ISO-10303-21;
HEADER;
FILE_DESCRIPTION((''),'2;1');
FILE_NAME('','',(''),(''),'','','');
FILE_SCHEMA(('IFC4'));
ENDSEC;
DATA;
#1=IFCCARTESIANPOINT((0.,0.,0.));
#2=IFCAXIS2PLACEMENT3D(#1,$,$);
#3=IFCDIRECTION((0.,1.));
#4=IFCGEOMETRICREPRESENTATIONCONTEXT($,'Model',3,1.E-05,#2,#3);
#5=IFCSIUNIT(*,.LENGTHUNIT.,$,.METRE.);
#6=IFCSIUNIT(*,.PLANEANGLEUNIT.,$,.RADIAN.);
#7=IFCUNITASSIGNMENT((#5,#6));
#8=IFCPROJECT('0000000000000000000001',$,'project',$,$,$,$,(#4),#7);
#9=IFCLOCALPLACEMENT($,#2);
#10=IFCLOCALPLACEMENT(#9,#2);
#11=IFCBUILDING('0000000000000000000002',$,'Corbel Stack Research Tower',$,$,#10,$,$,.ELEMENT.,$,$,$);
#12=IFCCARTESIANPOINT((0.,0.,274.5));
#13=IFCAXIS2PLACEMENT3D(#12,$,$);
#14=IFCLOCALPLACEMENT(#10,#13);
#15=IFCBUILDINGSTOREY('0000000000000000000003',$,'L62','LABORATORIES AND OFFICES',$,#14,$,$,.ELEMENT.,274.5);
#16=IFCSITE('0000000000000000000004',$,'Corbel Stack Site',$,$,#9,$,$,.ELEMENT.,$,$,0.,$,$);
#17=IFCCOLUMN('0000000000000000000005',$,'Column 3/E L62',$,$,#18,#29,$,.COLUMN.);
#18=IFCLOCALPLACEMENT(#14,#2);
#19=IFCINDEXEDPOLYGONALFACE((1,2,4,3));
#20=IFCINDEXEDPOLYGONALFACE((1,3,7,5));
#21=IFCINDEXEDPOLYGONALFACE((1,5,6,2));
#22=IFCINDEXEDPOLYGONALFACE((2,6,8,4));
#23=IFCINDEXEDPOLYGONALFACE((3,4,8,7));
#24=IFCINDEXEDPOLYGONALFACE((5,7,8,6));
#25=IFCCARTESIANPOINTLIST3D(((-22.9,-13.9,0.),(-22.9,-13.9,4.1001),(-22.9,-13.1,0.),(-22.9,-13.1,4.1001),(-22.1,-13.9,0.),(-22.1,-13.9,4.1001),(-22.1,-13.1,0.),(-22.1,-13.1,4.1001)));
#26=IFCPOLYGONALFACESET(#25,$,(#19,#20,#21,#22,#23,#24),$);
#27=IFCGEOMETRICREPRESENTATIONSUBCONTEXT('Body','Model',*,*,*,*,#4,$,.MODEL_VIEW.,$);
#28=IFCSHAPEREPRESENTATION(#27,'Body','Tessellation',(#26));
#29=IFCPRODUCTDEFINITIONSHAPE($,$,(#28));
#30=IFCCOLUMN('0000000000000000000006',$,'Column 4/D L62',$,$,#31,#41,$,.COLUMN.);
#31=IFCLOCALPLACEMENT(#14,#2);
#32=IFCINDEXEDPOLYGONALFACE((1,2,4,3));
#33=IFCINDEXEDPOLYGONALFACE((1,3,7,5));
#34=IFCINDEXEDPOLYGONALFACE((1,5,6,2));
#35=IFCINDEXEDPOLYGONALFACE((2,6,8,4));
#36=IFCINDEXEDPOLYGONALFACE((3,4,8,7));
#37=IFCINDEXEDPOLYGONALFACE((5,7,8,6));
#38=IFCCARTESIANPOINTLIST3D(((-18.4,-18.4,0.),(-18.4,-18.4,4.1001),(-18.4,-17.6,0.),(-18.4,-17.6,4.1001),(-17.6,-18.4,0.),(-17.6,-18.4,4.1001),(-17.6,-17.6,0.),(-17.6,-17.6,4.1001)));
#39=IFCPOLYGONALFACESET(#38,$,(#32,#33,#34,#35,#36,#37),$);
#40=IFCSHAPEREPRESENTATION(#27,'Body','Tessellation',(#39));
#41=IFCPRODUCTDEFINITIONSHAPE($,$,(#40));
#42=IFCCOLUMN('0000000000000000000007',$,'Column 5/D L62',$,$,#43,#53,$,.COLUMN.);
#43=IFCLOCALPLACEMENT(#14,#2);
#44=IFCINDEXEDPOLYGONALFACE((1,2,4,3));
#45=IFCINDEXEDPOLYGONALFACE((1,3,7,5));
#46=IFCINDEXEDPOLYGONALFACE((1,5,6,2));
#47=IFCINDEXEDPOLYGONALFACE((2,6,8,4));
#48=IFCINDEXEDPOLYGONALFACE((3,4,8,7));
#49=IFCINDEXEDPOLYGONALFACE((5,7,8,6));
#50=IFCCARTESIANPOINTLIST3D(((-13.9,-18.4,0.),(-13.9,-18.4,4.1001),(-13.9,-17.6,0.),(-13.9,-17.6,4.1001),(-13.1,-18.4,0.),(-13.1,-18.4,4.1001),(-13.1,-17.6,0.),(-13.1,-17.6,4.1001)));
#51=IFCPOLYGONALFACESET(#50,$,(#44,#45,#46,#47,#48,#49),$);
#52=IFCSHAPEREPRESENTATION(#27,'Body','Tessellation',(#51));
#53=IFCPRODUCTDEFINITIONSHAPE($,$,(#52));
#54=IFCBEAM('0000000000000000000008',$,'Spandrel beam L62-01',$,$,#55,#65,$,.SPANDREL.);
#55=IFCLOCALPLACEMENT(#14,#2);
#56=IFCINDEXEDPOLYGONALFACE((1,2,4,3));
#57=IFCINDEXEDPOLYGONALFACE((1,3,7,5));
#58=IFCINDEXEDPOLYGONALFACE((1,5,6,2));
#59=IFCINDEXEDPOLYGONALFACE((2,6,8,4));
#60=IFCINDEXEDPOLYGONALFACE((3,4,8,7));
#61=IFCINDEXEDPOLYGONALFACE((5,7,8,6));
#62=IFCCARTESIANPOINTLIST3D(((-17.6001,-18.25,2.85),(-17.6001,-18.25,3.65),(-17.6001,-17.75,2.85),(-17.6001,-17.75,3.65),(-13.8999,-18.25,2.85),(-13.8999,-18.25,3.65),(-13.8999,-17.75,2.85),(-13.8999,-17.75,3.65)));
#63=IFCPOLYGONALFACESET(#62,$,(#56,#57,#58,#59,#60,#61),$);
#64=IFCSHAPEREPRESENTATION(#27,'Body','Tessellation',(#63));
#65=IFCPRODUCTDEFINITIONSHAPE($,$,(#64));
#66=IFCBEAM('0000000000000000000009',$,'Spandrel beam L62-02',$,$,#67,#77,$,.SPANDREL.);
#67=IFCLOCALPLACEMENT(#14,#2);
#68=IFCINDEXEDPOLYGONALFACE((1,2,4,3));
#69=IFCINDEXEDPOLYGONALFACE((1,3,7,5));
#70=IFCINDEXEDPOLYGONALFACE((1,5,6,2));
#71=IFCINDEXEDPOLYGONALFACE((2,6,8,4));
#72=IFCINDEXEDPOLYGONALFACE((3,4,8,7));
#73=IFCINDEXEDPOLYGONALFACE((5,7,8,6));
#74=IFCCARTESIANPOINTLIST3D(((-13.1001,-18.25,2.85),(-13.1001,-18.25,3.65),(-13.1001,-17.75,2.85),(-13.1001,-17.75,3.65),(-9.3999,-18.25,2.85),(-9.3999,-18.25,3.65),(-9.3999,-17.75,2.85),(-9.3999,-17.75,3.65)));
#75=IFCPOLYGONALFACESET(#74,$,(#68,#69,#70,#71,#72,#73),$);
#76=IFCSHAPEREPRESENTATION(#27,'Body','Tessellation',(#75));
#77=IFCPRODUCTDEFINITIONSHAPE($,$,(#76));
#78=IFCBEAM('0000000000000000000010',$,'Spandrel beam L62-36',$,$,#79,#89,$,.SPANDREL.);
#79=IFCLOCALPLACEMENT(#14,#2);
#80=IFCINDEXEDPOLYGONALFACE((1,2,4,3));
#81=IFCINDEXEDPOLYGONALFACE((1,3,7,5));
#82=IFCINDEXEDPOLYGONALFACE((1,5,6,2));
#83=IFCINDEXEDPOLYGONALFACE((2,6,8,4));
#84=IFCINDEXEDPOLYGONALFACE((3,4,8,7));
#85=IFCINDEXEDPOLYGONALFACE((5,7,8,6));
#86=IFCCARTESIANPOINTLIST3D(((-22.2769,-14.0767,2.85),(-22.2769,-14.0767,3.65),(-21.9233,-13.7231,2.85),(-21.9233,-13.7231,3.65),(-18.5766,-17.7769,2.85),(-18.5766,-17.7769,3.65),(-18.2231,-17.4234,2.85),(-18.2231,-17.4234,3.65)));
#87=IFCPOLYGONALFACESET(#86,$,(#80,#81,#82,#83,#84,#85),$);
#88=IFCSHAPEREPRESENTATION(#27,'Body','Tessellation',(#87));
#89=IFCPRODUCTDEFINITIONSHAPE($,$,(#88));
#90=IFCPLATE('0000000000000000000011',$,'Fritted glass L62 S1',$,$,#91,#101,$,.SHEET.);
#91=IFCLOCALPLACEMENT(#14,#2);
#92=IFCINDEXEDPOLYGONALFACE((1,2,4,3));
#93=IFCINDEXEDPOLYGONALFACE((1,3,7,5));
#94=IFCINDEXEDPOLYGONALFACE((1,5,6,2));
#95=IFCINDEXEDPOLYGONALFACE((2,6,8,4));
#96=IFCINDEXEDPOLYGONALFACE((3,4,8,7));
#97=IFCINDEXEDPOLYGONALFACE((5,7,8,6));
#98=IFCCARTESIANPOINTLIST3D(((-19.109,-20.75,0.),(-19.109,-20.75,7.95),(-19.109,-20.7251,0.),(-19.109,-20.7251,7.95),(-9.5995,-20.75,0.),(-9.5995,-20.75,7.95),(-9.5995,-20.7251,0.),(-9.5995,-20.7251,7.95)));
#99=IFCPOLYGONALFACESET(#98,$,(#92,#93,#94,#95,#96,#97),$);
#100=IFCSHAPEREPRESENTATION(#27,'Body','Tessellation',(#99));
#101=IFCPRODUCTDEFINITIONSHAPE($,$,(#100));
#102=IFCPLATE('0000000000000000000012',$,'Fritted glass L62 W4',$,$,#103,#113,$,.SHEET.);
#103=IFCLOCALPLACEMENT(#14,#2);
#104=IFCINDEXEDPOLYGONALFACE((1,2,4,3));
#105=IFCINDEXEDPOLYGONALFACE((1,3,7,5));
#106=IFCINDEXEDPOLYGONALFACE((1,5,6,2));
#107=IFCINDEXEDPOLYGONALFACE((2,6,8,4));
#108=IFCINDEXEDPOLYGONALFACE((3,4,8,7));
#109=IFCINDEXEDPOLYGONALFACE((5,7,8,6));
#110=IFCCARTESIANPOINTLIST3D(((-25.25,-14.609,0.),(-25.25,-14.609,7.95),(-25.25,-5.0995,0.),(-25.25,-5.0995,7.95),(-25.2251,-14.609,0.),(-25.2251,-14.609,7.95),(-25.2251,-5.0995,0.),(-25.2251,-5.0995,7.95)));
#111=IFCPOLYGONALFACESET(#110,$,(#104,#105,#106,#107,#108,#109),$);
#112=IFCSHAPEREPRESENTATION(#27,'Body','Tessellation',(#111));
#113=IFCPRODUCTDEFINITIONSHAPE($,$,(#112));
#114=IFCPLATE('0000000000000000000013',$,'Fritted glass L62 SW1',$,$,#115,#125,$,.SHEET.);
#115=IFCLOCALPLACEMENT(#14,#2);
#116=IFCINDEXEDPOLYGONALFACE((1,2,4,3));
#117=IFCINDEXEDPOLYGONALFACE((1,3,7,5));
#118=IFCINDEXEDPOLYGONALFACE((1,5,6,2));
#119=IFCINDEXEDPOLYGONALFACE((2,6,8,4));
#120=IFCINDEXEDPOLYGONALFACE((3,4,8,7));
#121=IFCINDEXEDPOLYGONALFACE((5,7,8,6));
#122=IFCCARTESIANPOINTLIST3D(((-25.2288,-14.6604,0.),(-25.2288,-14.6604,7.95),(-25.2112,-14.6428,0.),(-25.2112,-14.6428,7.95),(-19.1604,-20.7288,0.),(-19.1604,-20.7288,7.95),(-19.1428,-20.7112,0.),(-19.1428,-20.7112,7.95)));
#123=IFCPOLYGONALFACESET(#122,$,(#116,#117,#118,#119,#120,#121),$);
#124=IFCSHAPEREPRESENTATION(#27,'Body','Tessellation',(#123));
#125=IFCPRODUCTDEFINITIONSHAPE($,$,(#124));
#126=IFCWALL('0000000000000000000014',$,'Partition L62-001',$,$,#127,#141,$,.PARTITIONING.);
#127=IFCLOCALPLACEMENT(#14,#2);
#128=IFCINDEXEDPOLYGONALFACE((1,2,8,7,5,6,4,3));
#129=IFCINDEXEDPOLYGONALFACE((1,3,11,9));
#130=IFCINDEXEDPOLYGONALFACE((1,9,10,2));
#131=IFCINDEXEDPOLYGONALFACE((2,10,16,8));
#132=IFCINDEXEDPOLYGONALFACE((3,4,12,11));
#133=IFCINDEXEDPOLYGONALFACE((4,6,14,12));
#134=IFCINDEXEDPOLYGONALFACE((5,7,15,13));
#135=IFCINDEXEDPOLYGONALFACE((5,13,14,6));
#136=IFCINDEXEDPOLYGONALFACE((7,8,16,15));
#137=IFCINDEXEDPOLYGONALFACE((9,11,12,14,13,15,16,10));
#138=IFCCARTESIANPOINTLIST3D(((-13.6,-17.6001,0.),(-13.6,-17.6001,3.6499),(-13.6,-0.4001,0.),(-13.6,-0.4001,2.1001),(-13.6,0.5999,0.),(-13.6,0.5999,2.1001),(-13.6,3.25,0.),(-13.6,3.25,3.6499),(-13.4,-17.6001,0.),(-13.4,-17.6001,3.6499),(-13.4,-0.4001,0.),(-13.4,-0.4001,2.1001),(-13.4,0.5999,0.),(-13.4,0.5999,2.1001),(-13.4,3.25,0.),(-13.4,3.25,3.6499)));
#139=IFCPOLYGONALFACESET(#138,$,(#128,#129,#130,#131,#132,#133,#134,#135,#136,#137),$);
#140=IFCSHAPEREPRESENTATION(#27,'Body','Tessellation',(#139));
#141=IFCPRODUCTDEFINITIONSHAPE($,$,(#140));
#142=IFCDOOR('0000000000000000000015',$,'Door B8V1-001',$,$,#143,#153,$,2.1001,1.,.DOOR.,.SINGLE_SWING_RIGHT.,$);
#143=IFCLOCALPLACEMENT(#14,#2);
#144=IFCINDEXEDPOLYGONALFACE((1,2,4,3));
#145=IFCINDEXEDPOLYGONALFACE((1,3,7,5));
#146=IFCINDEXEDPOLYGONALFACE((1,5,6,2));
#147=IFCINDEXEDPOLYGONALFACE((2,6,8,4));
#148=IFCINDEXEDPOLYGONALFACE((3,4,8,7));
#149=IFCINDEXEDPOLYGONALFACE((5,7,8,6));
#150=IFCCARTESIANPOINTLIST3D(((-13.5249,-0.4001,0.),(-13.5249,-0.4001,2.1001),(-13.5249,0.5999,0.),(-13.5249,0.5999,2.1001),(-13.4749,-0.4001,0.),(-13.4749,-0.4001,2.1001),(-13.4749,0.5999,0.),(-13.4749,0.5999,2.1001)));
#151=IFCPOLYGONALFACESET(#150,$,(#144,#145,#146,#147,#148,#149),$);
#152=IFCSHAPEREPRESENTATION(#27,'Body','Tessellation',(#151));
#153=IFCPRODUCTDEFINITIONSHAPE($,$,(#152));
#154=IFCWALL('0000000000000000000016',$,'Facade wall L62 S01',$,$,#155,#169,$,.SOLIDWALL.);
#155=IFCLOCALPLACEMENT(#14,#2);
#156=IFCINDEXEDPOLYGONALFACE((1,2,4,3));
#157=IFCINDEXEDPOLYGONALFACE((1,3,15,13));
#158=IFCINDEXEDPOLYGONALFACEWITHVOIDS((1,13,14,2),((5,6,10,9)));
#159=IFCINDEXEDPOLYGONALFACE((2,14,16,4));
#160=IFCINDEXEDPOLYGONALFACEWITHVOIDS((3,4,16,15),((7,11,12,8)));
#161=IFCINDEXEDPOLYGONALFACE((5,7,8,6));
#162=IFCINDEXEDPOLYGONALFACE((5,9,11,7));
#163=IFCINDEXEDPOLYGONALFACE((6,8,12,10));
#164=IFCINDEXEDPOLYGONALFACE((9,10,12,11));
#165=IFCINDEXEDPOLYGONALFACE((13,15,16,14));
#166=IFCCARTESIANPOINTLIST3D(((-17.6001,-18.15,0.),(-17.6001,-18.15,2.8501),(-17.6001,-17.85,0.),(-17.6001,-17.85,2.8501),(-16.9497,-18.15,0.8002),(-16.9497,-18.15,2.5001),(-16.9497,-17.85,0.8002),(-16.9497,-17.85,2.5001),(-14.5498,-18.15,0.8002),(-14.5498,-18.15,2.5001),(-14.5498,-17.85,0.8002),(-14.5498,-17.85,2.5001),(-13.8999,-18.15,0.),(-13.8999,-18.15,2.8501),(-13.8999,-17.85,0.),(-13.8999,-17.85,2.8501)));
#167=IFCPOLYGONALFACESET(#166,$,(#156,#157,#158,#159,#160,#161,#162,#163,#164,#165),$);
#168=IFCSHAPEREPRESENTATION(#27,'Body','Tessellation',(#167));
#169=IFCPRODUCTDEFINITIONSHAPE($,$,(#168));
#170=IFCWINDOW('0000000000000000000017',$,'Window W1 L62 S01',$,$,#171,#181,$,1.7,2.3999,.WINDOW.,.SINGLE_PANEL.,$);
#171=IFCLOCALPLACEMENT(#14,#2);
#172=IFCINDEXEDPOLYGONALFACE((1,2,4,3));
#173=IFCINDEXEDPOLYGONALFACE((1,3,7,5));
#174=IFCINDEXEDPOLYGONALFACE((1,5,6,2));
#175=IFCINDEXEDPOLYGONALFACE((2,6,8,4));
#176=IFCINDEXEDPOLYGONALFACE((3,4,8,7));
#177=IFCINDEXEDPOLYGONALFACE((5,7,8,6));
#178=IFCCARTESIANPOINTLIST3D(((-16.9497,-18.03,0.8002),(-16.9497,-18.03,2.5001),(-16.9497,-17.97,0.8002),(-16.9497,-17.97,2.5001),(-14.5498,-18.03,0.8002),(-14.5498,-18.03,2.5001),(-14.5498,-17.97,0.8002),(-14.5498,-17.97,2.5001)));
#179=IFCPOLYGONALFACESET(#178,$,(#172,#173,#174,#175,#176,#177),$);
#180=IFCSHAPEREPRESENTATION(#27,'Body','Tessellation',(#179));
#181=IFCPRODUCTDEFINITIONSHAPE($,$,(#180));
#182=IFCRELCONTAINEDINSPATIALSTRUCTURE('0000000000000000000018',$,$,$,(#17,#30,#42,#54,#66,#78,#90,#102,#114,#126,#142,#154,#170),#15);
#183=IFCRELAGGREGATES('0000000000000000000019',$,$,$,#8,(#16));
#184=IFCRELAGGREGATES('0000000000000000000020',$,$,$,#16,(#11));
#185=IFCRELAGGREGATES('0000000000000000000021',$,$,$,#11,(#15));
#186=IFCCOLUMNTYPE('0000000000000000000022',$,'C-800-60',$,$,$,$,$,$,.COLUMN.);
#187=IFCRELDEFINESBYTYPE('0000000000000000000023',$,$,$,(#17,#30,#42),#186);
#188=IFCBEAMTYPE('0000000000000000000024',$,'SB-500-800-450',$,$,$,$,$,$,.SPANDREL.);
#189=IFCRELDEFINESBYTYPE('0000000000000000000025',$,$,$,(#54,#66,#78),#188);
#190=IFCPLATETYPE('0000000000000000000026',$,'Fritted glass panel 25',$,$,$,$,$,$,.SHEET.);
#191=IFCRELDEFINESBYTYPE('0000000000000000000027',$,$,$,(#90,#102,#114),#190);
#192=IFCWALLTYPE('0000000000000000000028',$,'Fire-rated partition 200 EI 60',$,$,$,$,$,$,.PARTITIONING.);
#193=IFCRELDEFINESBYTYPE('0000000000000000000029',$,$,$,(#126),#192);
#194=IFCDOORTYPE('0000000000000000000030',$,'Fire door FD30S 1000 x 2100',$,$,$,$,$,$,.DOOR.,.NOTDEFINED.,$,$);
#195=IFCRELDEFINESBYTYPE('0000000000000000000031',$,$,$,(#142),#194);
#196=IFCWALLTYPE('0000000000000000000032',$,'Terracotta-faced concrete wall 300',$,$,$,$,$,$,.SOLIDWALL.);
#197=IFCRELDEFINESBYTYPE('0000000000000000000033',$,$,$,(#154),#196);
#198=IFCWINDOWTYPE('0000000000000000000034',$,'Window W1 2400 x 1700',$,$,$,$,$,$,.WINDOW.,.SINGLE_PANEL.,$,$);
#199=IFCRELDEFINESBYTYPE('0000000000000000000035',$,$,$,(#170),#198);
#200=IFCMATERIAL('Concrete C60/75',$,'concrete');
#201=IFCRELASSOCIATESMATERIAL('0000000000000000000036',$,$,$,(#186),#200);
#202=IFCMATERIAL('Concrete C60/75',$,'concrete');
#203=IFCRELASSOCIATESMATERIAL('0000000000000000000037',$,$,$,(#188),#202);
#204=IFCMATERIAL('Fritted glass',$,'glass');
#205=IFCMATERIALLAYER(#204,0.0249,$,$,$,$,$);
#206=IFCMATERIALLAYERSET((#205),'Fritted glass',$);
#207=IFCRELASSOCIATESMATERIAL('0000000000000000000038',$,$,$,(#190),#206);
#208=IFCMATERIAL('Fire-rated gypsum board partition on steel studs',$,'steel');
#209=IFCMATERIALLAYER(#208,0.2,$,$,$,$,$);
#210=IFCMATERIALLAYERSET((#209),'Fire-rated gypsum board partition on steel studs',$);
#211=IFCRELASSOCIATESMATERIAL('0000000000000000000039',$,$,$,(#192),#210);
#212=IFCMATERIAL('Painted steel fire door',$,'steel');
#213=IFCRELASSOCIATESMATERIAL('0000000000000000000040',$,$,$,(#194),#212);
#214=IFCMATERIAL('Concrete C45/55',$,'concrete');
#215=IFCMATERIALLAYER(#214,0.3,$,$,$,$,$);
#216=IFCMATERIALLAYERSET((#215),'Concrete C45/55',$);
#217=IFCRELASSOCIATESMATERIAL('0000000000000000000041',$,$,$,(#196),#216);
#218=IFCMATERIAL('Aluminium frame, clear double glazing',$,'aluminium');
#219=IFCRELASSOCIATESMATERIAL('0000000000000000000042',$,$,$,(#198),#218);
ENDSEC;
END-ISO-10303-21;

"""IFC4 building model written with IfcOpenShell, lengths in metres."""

from ifc_helpers import new_model, si_unit, direction, frame, frame_2d, origin, origin_2d, place, context, subcontext, project, spatial, rectangle, extrude, material, layer, layer_set, material_profile, profile_set, type_object, element, fill, save


model = new_model("IFC4")

# Units and contexts
model_context = context("Model", 3, precision=1e-05, world=origin(), true_north=direction((0.0, 1.0)))
body_context = subcontext(model_context, "Body", "Model", "MODEL_VIEW")
ifc_project = project(units=[si_unit("LENGTHUNIT", "METRE"), si_unit("PLANEANGLEUNIT", "RADIAN")], contexts=[model_context])

# Site, building, storey
site_placement = place(None, origin())
site = spatial("IfcSite", under=ifc_project, at=site_placement, Name="Corbel Stack Site", CompositionType="ELEMENT", RefElevation=0.0)
building_placement = place(site_placement, origin())
building = spatial("IfcBuilding", under=site, at=building_placement, Name="Corbel Stack Research Tower", CompositionType="ELEMENT")
storey_placement = place(building_placement, frame((0.0, 0.0, 274.5)))
storey = spatial("IfcBuildingStorey", under=building, at=storey_placement, Name="L62", Description="LABORATORIES AND OFFICES", CompositionType="ELEMENT", Elevation=274.5)

# Columns
ifc_material_1 = material(Name="Concrete C60/75", Category="concrete")
ifc_material_profile_1 = material_profile(ifc_material_1, rectangle(XDim=0.8, YDim=0.8, at=origin_2d()), Name="RC 800 x 800")
ifc_profile_set_1 = profile_set([ifc_material_profile_1], Name="Concrete C60/75")
column_type = type_object("IfcColumnType", Name="C-800-60", PredefinedType="COLUMN", material=ifc_profile_set_1)
for number, where, z_axis, x_axis, name in (
    (1, (-22.5, -13.5, 0.0), (0.0, 0.0, 1.0), (1.0, 0.0, 0.0), "Column 3/E L62"),
    (2, (-18.0, -18.0, 0.0), (0.0, 0.0, 1.0), (1.0, 0.0, 0.0), "Column 4/D L62"),
    (3, (-13.5, -18.0, 0.0), (0.0, 0.0, 1.0), (1.0, 0.0, 0.0), "Column 5/D L62"),
):
    element("IfcColumn", number, at=place(storey_placement, frame(where, z_axis=z_axis, x_axis=x_axis)), inside=storey, type_object=column_type, Name=name, PredefinedType="COLUMN", context=body_context, shape_type="SweptSolid", body=[
        extrude(rectangle(XDim=0.8, YDim=0.8, at=origin_2d()), origin(), (0.0, 0.0, 1.0), 4.1001),
    ])

# Beams
ifc_material_2 = material(Name="Concrete C60/75", Category="concrete")
ifc_material_profile_2 = material_profile(ifc_material_2, rectangle(XDim=0.5, YDim=0.8, at=origin_2d()), Name="RC 500 x 800")
ifc_profile_set_2 = profile_set([ifc_material_profile_2], Name="Concrete C60/75")
beam_type = type_object("IfcBeamType", Name="SB-500-800-450", PredefinedType="SPANDREL", material=ifc_profile_set_2)
for number, where, z_axis, x_axis, name in (
    (4, (-17.6001, -18.0, 3.25), (1.0, 0.0, 0.0), (0.0, 1.0, 0.0), "Spandrel beam L62-01"),
    (5, (-13.1001, -18.0, 3.25), (1.0, 0.0, 0.0), (0.0, 1.0, 0.0), "Spandrel beam L62-02"),
):
    element("IfcBeam", number, at=place(storey_placement, frame(where, z_axis=z_axis, x_axis=x_axis)), inside=storey, type_object=beam_type, Name=name, PredefinedType="SPANDREL", context=body_context, shape_type="SweptSolid", body=[
        extrude(rectangle(XDim=0.5, YDim=0.8, at=origin_2d()), origin(), (0.0, 0.0, 1.0), 3.7002),
    ])
beam_placement = place(storey_placement, frame((-22.1001, -13.8999, 3.25), z_axis=(0.707107, -0.707107, 0.0), x_axis=(0.707107, 0.707107, 0.0)))
element("IfcBeam", 6, at=beam_placement, inside=storey, type_object=beam_type, Name="Spandrel beam L62-36", PredefinedType="SPANDREL", context=body_context, shape_type="SweptSolid", body=[
    extrude(rectangle(XDim=0.5, YDim=0.8, at=origin_2d()), origin(), (0.0, 0.0, 1.0), 5.2329),
])

# Plates
ifc_material_3 = material(Name="Fritted glass", Category="glass")
ifc_layer_1 = layer(ifc_material_3, 0.0249)
ifc_layer_set_1 = layer_set([ifc_layer_1], Name="Fritted glass")
plate_type = type_object("IfcPlateType", Name="Fritted glass panel 25", PredefinedType="SHEET", material=ifc_layer_set_1)
for number, where, z_axis, x_axis, name in (
    (7, (-14.3542, -20.7375, 0.0), (0.0, 0.0, 1.0), (1.0, 0.0, 0.0), "Fritted glass L62 S1"),
    (8, (-25.2375, -9.8542, 0.0), (0.0, 0.0, 1.0), (0.0, -1.0, 0.0), "Fritted glass L62 W4"),
):
    element("IfcPlate", number, at=place(storey_placement, frame(where, z_axis=z_axis, x_axis=x_axis)), inside=storey, type_object=plate_type, Name=name, PredefinedType="SHEET", context=body_context, shape_type="SweptSolid", body=[
        extrude(rectangle(XDim=9.5095, YDim=0.0249, at=origin_2d()), origin(), (0.0, 0.0, 1.0), 7.95),
    ])
plate_placement = place(storey_placement, frame((-22.1858, -17.6858, 0.0), z_axis=(0.0, 0.0, 1.0), x_axis=(0.707107, -0.707107, 0.0)))
element("IfcPlate", 9, at=plate_placement, inside=storey, type_object=plate_type, Name="Fritted glass L62 SW1", PredefinedType="SHEET", context=body_context, shape_type="SweptSolid", body=[
    extrude(rectangle(XDim=8.582, YDim=0.0249, at=origin_2d()), origin(), (0.0, 0.0, 1.0), 7.95),
])

# Wall, opening, door
ifc_material_4 = material(Name="Fire-rated gypsum board partition on steel studs", Category="steel")
ifc_layer_2 = layer(ifc_material_4, 0.2)
ifc_layer_set_2 = layer_set([ifc_layer_2], Name="Fire-rated gypsum board partition on steel studs")
wall_type_1 = type_object("IfcWallType", Name="Fire-rated partition 200 EI 60", PredefinedType="PARTITIONING", material=ifc_layer_set_2)
wall_1_placement = place(storey_placement, frame((-13.5, -17.6001, 0.0), z_axis=(0.0, 0.0, 1.0), x_axis=(0.0, 1.0, 0.0)))
wall_1 = element("IfcWall", 10, at=wall_1_placement, inside=storey, type_object=wall_type_1, Name="Partition L62-001", PredefinedType="PARTITIONING", context=body_context, shape_type="SweptSolid", body=[
    extrude(rectangle(XDim=20.8501, YDim=0.2, at=frame_2d((10.425, 0.0))), origin(), (0.0, 0.0, 1.0), 3.6499),
])
opening_1_placement = place(wall_1_placement, frame((17.2, 0.0, 0.0)))
opening_1 = element("IfcOpeningElement", 11, at=opening_1_placement, cuts=wall_1, PredefinedType="OPENING", context=body_context, shape_type="SweptSolid", body=[
    extrude(rectangle(XDim=1.0, YDim=2.1001, at=frame_2d((0.5, 1.05))), frame((0.0, 0.1099, 0.0), z_axis=(0.0, -1.0, 0.0), x_axis=(1.0, 0.0, 0.0)), (0.0, 0.0, 1.0), 0.22),
])
ifc_material_5 = material(Name="Painted steel fire door", Category="steel")
door_type_1 = type_object("IfcDoorType", Name="Fire door FD30S 1000 x 2100", OperationType="NOTDEFINED", PredefinedType="DOOR", material=ifc_material_5)
door_1_placement = place(opening_1_placement, origin())
door_1 = element("IfcDoor", 12, at=door_1_placement, inside=storey, type_object=door_type_1, Name="Door B8V1-001", OperationType="SINGLE_SWING_RIGHT", OverallHeight=2.1001, OverallWidth=1.0, PredefinedType="DOOR", context=body_context, shape_type="SweptSolid", body=[
    extrude(rectangle(XDim=1.0, YDim=2.1001, at=frame_2d((0.5, 1.05))), frame((0.0, 0.0249, 0.0), z_axis=(0.0, -1.0, 0.0), x_axis=(1.0, 0.0, 0.0)), (0.0, 0.0, 1.0), 0.05),
])
fill(opening_1, door_1)

# Wall, opening, window
ifc_material_6 = material(Name="Concrete C45/55", Category="concrete")
ifc_layer_3 = layer(ifc_material_6, 0.3)
ifc_layer_set_3 = layer_set([ifc_layer_3], Name="Concrete C45/55")
wall_type_2 = type_object("IfcWallType", Name="Terracotta-faced concrete wall 300", PredefinedType="SOLIDWALL", material=ifc_layer_set_3)
wall_2_placement = place(storey_placement, frame((-13.8999, -18.0, 0.0), z_axis=(0.0, 0.0, 1.0), x_axis=(-1.0, 0.0, 0.0)))
wall_2 = element("IfcWall", 13, at=wall_2_placement, inside=storey, type_object=wall_type_2, Name="Facade wall L62 S01", PredefinedType="SOLIDWALL", context=body_context, shape_type="SweptSolid", body=[
    extrude(rectangle(XDim=3.7002, YDim=0.3, at=frame_2d((1.8501, 0.0))), origin(), (0.0, 0.0, 1.0), 2.8501),
])
opening_2_placement = place(wall_2_placement, frame((0.6499, 0.0, 0.8)))
opening_2 = element("IfcOpeningElement", 14, at=opening_2_placement, cuts=wall_2, PredefinedType="OPENING", context=body_context, shape_type="SweptSolid", body=[
    extrude(rectangle(XDim=2.3999, YDim=1.7, at=frame_2d((1.2, 0.8501))), frame((0.0, 0.1599, 0.0), z_axis=(0.0, -1.0, 0.0), x_axis=(1.0, 0.0, 0.0)), (0.0, 0.0, 1.0), 0.3201),
])
ifc_material_7 = material(Name="Aluminium frame, clear double glazing", Category="aluminium")
window_type = type_object("IfcWindowType", Name="Window W1 2400 x 1700", PartitioningType="SINGLE_PANEL", PredefinedType="WINDOW", material=ifc_material_7)
window_1_placement = place(opening_2_placement, origin())
window_1 = element("IfcWindow", 15, at=window_1_placement, inside=storey, type_object=window_type, Name="Window W1 L62 S01", OverallHeight=1.7, OverallWidth=2.3999, PartitioningType="SINGLE_PANEL", PredefinedType="WINDOW", context=body_context, shape_type="SweptSolid", body=[
    extrude(rectangle(XDim=2.3999, YDim=1.7, at=frame_2d((1.2, 0.8501))), frame((0.0, 0.03, 0.0), z_axis=(0.0, -1.0, 0.0), x_axis=(1.0, 0.0, 0.0)), (0.0, 0.0, 1.0), 0.0601),
])
fill(opening_2, window_1)

save(model, "model.ifc")
